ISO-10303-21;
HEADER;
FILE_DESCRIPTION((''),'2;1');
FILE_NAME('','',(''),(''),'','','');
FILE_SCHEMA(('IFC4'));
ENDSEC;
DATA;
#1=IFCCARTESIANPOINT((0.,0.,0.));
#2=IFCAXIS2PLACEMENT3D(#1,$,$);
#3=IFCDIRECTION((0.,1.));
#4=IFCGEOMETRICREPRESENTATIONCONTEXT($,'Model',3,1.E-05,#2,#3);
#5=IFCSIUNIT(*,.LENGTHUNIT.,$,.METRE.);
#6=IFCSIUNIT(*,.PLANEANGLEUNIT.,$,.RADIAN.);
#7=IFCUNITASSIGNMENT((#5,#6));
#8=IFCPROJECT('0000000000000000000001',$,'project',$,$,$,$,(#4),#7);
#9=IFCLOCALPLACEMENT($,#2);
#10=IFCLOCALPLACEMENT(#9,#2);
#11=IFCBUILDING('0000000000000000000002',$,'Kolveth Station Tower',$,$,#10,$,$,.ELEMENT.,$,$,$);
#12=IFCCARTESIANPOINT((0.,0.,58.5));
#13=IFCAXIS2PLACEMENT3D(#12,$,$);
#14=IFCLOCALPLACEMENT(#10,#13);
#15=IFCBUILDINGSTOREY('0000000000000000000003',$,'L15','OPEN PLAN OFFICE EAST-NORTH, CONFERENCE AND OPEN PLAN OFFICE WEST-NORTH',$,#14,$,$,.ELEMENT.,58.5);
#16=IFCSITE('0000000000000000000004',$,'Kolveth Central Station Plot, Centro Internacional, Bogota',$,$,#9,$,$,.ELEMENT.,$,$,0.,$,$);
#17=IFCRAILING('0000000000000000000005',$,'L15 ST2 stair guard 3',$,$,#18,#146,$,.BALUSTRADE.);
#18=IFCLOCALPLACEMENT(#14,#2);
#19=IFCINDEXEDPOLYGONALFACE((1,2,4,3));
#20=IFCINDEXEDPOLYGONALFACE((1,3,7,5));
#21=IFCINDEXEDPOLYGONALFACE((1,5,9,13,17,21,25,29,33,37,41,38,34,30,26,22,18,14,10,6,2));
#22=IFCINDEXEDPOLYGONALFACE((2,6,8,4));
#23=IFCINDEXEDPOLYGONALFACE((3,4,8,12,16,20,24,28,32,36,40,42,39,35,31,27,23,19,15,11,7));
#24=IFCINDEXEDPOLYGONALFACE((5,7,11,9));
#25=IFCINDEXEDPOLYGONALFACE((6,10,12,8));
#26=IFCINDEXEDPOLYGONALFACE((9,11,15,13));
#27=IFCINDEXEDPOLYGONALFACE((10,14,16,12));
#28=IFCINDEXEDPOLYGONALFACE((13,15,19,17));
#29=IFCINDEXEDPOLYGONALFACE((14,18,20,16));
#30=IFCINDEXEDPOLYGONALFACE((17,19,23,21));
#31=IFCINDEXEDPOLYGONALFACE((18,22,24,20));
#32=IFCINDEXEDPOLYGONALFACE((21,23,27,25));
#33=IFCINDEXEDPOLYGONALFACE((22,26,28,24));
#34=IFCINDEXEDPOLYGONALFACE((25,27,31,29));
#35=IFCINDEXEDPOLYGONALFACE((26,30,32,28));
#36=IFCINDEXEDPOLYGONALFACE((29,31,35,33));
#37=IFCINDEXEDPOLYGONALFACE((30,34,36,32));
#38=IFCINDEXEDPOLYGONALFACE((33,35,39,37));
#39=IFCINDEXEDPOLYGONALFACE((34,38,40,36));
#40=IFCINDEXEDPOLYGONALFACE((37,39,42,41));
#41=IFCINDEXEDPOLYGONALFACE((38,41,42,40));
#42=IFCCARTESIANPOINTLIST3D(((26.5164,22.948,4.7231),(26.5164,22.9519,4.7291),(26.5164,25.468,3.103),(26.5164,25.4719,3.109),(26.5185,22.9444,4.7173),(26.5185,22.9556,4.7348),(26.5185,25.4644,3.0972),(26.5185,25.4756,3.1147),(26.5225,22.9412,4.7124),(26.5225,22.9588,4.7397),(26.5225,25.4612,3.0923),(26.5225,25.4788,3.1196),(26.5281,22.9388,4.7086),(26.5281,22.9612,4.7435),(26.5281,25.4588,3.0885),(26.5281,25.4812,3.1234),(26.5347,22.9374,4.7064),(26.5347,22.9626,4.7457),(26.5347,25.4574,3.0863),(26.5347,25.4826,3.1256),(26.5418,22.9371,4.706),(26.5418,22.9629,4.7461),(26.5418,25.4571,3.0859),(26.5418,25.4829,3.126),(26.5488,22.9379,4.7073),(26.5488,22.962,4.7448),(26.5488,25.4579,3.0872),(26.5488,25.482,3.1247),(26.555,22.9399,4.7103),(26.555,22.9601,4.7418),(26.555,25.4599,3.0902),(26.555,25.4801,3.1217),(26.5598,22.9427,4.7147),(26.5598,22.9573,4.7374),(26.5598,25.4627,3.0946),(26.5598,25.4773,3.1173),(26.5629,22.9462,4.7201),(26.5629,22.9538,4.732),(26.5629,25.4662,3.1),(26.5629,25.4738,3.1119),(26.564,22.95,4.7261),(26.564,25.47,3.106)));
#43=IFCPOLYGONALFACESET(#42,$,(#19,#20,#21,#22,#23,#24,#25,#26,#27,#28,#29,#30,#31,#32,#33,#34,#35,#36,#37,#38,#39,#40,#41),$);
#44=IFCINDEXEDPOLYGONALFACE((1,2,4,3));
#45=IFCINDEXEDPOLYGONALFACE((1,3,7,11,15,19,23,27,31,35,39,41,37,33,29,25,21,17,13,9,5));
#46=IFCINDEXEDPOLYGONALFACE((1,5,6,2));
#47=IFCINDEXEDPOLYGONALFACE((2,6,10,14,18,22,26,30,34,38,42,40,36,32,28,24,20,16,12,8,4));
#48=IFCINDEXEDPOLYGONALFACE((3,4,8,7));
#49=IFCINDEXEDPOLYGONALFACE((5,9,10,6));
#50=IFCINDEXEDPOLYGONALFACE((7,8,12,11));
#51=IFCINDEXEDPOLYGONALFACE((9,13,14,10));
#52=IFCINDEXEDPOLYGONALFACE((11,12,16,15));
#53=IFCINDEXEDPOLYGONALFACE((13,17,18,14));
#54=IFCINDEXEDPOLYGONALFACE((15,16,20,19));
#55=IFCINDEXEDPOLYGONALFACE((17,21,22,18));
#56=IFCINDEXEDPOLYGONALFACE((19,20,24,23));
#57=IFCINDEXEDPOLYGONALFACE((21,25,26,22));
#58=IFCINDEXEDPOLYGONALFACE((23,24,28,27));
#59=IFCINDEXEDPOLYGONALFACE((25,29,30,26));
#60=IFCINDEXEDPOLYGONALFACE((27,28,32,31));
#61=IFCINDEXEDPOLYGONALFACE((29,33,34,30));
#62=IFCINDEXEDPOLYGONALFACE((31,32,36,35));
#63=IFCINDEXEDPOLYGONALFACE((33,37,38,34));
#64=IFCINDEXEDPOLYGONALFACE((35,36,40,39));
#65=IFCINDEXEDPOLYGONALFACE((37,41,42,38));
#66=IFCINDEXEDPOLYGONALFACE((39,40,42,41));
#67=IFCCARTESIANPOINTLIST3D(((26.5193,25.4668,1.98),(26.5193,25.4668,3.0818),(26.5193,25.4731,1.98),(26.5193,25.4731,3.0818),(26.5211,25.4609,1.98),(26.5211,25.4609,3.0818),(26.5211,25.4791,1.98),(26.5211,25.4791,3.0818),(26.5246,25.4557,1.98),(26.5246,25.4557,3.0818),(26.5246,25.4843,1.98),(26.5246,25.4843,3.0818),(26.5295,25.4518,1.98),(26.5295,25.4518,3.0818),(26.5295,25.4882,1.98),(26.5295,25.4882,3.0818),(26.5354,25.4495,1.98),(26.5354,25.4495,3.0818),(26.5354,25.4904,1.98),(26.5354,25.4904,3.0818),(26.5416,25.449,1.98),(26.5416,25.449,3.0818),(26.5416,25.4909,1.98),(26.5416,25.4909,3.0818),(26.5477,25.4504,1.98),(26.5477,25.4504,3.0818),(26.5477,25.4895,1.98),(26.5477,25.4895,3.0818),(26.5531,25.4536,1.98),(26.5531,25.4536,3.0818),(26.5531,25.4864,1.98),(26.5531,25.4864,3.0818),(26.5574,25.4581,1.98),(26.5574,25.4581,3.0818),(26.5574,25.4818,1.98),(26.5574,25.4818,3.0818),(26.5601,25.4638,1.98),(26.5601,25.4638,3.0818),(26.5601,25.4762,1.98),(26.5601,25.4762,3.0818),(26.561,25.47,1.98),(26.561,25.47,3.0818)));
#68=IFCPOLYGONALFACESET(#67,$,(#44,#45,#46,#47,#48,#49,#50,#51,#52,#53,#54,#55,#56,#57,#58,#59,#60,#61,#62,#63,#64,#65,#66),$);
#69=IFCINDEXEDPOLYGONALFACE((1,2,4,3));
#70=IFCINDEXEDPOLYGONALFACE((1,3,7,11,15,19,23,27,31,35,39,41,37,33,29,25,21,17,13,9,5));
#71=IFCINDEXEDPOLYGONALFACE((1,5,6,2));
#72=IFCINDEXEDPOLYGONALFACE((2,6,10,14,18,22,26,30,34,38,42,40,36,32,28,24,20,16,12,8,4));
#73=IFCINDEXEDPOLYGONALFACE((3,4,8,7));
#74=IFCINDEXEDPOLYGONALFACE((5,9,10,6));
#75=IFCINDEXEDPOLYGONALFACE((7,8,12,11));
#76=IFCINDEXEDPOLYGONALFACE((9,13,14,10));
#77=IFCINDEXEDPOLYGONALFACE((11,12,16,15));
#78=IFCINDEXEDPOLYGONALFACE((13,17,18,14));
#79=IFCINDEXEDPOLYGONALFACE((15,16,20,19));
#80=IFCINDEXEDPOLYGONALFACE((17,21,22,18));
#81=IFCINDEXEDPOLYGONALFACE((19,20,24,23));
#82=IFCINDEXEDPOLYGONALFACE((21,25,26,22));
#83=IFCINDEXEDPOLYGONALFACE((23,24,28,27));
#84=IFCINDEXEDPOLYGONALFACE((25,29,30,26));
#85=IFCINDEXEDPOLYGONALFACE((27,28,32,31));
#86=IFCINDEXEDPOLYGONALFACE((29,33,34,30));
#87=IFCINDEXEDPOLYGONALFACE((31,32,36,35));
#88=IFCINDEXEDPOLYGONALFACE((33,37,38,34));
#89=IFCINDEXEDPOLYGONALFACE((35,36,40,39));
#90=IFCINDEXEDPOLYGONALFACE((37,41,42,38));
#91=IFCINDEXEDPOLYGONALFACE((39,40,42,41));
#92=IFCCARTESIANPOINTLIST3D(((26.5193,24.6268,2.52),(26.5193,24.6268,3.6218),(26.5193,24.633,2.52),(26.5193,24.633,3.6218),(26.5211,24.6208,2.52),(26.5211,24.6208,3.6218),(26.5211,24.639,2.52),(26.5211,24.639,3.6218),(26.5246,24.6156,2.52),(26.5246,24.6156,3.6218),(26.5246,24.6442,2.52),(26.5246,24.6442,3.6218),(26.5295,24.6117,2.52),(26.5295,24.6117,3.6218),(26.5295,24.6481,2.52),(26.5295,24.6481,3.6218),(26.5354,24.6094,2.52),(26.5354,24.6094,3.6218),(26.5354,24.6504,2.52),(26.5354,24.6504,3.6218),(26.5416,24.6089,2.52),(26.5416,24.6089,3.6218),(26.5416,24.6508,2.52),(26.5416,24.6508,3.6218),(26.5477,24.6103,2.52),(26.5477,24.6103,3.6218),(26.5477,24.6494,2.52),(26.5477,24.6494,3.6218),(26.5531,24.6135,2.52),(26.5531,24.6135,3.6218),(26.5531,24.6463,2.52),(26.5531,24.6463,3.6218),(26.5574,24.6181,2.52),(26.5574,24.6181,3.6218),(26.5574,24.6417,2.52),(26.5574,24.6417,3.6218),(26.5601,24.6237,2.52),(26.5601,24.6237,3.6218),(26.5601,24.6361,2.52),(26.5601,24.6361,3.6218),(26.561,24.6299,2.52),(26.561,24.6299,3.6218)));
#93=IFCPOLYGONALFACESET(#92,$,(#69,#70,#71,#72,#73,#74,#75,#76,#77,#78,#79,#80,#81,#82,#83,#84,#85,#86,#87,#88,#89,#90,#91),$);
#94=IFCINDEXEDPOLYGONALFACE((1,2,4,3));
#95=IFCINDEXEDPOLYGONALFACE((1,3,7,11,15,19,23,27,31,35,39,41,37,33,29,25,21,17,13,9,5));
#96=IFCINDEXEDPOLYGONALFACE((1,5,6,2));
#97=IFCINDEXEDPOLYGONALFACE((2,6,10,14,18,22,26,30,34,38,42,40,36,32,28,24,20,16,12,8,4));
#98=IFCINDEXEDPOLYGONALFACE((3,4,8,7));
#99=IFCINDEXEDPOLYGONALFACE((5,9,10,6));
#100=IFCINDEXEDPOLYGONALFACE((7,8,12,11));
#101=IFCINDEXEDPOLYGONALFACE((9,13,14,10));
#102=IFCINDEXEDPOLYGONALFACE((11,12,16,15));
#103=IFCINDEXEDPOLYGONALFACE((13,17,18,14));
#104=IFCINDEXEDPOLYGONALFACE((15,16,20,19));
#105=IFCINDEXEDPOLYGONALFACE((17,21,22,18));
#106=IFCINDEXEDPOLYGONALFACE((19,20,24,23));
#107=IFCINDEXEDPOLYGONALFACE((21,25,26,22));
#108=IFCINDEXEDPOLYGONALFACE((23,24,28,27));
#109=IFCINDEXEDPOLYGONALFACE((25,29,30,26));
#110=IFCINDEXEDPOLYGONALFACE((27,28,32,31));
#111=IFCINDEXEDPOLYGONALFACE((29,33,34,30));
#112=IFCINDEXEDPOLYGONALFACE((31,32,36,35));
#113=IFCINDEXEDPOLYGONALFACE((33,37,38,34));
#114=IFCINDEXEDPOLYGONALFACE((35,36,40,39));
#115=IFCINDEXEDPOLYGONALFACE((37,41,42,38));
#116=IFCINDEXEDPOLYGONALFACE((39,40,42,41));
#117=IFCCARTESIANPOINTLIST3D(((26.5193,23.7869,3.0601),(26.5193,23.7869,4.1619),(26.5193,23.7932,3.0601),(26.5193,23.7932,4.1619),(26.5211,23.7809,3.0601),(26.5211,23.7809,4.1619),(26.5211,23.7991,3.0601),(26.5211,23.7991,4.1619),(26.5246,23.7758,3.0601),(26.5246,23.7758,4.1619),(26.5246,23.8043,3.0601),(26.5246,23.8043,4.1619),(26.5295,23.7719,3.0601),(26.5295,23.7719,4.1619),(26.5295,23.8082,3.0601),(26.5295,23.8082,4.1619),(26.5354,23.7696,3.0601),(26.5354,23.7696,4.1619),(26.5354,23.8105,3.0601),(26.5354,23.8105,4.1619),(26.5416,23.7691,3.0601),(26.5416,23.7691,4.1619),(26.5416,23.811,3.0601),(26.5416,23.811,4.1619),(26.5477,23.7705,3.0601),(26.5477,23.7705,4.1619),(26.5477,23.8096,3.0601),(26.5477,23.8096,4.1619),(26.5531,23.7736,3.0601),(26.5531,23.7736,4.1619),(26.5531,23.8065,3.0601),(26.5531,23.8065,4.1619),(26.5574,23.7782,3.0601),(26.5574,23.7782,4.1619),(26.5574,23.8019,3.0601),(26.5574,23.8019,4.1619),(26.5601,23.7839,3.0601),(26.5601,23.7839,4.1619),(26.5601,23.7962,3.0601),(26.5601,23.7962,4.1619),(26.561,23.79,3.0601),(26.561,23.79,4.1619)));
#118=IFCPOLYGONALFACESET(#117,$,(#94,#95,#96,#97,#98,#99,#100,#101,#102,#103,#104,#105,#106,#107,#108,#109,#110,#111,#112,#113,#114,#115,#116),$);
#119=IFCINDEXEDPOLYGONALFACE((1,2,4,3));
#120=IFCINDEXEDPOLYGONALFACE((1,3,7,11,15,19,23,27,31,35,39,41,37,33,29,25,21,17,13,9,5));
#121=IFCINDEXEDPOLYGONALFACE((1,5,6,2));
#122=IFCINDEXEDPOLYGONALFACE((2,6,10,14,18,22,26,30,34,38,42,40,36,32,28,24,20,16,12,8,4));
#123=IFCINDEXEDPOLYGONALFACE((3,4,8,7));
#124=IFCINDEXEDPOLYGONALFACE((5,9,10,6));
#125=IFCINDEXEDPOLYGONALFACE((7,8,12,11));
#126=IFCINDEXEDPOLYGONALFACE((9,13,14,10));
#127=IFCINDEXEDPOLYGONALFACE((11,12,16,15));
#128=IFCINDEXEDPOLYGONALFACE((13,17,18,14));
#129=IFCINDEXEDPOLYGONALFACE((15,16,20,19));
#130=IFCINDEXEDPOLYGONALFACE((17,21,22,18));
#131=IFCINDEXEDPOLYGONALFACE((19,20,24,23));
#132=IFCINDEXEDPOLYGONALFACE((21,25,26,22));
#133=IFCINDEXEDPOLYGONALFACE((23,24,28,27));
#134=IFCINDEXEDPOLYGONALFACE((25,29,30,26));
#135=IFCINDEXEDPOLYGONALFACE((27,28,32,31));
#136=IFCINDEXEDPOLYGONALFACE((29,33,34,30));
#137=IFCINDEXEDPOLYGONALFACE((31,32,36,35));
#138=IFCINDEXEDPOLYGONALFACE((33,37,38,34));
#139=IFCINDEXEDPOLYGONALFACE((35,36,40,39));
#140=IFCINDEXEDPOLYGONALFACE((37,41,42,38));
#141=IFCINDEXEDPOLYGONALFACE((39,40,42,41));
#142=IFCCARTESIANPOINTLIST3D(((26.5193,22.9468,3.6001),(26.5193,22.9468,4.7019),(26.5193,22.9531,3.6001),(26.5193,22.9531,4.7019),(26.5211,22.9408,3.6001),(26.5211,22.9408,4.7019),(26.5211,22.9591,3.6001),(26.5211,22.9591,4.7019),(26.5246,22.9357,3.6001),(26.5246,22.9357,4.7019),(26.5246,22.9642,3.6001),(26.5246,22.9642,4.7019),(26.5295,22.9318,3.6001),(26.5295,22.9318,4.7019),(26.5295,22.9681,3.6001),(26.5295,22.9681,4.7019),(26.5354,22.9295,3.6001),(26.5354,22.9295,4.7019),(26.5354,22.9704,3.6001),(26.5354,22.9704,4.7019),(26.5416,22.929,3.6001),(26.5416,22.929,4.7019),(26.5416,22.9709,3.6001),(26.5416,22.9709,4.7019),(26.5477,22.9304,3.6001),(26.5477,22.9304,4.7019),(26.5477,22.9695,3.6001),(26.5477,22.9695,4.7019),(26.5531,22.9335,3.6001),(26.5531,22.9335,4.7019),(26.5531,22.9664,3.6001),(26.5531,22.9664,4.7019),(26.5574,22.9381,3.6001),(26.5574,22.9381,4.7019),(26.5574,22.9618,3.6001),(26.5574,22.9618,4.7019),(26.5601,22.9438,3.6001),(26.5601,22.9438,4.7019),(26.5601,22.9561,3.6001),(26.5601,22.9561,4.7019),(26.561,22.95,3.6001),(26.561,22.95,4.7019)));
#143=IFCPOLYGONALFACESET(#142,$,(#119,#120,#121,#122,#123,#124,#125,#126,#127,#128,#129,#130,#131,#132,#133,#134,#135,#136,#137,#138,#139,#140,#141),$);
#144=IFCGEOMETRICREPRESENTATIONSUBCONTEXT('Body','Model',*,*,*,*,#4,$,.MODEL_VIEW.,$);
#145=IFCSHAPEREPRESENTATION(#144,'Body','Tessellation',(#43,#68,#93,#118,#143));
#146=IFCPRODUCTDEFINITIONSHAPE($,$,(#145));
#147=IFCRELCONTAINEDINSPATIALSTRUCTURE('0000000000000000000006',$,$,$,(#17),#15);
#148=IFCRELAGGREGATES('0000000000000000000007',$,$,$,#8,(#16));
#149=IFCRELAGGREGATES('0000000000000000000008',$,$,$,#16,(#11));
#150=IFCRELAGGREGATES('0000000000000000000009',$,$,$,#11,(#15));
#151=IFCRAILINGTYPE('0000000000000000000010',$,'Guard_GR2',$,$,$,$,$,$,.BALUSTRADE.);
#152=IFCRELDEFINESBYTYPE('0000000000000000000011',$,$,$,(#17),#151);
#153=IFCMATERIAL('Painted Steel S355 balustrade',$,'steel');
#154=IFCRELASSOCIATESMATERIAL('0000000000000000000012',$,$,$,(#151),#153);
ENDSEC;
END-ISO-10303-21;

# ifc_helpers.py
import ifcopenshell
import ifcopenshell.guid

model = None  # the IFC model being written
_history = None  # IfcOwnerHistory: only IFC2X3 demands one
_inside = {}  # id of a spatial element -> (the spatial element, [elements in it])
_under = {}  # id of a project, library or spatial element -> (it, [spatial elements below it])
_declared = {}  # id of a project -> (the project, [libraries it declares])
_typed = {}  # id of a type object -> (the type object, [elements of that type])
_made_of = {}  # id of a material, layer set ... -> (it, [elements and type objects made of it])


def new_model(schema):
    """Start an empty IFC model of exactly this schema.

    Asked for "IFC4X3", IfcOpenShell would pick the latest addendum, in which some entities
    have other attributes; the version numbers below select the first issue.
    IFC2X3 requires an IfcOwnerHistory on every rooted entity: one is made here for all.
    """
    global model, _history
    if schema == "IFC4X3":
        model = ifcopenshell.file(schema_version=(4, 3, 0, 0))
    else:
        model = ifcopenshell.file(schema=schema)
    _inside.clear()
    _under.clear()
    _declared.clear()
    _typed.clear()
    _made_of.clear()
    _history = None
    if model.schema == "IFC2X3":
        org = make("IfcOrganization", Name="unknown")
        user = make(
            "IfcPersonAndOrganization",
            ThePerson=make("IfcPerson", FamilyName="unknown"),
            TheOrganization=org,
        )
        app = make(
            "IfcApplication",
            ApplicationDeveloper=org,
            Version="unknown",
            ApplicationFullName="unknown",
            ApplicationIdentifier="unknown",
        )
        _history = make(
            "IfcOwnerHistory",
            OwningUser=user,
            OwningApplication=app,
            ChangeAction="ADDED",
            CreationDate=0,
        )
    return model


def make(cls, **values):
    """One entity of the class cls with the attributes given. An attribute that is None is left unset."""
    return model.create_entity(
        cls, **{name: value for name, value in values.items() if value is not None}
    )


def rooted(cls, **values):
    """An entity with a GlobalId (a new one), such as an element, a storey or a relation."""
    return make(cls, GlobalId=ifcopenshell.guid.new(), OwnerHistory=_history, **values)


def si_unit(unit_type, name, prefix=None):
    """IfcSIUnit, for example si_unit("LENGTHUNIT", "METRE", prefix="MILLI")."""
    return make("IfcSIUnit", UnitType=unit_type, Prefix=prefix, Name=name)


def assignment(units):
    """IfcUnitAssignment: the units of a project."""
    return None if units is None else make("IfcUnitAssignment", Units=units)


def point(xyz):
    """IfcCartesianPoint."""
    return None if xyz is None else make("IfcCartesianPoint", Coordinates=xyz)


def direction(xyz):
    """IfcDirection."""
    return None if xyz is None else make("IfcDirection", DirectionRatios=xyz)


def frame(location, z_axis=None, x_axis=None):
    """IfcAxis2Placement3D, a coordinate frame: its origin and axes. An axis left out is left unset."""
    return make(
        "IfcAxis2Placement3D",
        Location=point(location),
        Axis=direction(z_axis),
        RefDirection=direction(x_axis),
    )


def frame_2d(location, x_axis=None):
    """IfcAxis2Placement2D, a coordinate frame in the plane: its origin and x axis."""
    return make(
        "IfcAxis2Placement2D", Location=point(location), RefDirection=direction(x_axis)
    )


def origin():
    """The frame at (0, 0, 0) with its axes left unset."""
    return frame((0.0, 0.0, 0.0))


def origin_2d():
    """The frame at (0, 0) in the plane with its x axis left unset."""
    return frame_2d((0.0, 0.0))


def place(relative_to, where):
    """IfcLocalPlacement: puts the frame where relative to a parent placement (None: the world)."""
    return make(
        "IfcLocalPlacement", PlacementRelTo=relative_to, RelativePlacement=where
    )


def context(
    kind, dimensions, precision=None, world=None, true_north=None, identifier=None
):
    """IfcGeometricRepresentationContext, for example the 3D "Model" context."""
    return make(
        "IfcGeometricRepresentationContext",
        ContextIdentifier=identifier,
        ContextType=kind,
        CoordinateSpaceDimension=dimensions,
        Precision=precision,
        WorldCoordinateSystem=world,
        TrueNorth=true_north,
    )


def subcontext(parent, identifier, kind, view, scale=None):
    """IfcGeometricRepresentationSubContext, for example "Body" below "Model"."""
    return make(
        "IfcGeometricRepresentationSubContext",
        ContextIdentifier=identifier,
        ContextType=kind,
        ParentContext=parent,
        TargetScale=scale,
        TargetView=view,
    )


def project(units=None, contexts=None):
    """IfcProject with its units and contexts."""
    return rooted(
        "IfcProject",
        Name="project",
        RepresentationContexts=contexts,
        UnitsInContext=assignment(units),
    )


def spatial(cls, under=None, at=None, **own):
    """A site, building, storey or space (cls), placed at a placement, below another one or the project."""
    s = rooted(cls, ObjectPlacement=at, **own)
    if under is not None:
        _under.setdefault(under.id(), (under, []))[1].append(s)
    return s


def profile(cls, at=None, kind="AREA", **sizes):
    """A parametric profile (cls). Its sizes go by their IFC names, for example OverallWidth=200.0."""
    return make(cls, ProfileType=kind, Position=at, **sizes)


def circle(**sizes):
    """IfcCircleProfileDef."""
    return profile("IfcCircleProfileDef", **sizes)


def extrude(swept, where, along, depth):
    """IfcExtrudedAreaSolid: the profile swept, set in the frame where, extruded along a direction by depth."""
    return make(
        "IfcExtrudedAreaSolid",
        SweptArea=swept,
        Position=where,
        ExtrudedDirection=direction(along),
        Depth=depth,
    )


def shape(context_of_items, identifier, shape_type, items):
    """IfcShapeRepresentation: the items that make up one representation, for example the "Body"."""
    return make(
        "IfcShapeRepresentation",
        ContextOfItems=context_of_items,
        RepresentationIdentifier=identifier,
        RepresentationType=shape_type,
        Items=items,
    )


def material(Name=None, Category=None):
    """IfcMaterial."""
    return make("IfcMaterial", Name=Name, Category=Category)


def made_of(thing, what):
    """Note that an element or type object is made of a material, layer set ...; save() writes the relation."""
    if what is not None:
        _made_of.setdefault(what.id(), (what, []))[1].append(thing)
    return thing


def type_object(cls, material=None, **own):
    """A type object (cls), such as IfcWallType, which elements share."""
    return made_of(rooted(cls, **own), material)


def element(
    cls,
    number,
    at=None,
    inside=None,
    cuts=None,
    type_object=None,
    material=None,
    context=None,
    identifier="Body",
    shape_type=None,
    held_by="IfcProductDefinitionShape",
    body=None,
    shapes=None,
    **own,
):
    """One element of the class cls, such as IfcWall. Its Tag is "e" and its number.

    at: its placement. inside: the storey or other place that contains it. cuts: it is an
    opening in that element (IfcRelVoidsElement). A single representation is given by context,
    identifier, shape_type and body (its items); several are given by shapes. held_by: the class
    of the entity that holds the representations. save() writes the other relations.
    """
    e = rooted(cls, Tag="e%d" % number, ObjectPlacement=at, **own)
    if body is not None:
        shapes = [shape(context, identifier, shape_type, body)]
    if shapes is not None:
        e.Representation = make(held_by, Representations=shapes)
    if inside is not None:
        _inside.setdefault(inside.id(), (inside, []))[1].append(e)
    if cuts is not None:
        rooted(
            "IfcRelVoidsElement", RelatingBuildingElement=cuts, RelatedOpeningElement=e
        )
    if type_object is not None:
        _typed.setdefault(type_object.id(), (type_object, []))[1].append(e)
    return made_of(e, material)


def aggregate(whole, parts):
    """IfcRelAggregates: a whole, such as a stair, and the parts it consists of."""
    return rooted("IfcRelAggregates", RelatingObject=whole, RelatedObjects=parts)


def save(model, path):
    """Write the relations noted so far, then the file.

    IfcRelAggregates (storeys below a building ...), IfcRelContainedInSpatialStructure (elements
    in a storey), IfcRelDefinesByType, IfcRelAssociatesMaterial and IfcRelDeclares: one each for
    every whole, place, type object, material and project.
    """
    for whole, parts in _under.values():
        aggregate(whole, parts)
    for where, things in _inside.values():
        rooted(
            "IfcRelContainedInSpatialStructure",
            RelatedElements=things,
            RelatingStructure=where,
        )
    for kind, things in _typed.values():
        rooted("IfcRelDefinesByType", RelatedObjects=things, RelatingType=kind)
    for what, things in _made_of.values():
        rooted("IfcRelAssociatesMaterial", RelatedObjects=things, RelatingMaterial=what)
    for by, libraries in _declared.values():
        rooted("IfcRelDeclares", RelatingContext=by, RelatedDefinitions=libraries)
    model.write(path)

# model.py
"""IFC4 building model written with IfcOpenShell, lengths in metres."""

from ifc_helpers import new_model, si_unit, direction, frame, origin, origin_2d, place, context, subcontext, project, spatial, circle, extrude, material, type_object, element, save


model = new_model("IFC4")

# Units and contexts
model_context = context("Model", 3, precision=1e-05, world=origin(), true_north=direction((0.0, 1.0)))
body_context = subcontext(model_context, "Body", "Model", "MODEL_VIEW")
ifc_project = project(units=[si_unit("LENGTHUNIT", "METRE"), si_unit("PLANEANGLEUNIT", "RADIAN")], contexts=[model_context])

# Site, building, storey
site_placement = place(None, origin())
site = spatial("IfcSite", under=ifc_project, at=site_placement, Name="Kolveth Central Station Plot, Centro Internacional, Bogota", CompositionType="ELEMENT", RefElevation=0.0)
building_placement = place(site_placement, origin())
building = spatial("IfcBuilding", under=site, at=building_placement, Name="Kolveth Station Tower", CompositionType="ELEMENT")
storey_placement = place(building_placement, frame((0.0, 0.0, 58.5)))
storey = spatial("IfcBuildingStorey", under=building, at=storey_placement, Name="L15", Description="OPEN PLAN OFFICE EAST-NORTH, CONFERENCE AND OPEN PLAN OFFICE WEST-NORTH", CompositionType="ELEMENT", Elevation=58.5)

# Railing
ifc_material_1 = material(Name="Painted Steel S355 balustrade", Category="steel")
railing_type_1 = type_object("IfcRailingType", Name="Guard_GR2", PredefinedType="BALUSTRADE", material=ifc_material_1)
railing_1_placement = place(storey_placement, frame((26.54, 25.47, 1.98)))
element("IfcRailing", 1, at=railing_1_placement, inside=storey, type_object=railing_type_1, Name="L15 ST2 stair guard 3", PredefinedType="BALUSTRADE", context=body_context, shape_type="SweptSolid", body=[
    extrude(circle(Radius=0.0239, at=origin_2d()), frame((0.0, 0.0, 1.126), z_axis=(0.0, -0.841163, 0.540782), x_axis=(1.0, 0.0, 0.0)), (0.0, 0.0, 1.0), 2.9958),
    extrude(circle(Radius=0.021, at=origin_2d()), origin(), (0.0, 0.0, 1.0), 1.1018),
    extrude(circle(Radius=0.021, at=origin_2d()), frame((0.0, -0.8401, 0.54)), (0.0, 0.0, 1.0), 1.1018),
    extrude(circle(Radius=0.021, at=origin_2d()), frame((0.0, -1.6799, 1.0801)), (0.0, 0.0, 1.0), 1.1018),
    extrude(circle(Radius=0.021, at=origin_2d()), frame((0.0, -2.52, 1.6201)), (0.0, 0.0, 1.0), 1.1018),
])

save(model, "model.ifc")
